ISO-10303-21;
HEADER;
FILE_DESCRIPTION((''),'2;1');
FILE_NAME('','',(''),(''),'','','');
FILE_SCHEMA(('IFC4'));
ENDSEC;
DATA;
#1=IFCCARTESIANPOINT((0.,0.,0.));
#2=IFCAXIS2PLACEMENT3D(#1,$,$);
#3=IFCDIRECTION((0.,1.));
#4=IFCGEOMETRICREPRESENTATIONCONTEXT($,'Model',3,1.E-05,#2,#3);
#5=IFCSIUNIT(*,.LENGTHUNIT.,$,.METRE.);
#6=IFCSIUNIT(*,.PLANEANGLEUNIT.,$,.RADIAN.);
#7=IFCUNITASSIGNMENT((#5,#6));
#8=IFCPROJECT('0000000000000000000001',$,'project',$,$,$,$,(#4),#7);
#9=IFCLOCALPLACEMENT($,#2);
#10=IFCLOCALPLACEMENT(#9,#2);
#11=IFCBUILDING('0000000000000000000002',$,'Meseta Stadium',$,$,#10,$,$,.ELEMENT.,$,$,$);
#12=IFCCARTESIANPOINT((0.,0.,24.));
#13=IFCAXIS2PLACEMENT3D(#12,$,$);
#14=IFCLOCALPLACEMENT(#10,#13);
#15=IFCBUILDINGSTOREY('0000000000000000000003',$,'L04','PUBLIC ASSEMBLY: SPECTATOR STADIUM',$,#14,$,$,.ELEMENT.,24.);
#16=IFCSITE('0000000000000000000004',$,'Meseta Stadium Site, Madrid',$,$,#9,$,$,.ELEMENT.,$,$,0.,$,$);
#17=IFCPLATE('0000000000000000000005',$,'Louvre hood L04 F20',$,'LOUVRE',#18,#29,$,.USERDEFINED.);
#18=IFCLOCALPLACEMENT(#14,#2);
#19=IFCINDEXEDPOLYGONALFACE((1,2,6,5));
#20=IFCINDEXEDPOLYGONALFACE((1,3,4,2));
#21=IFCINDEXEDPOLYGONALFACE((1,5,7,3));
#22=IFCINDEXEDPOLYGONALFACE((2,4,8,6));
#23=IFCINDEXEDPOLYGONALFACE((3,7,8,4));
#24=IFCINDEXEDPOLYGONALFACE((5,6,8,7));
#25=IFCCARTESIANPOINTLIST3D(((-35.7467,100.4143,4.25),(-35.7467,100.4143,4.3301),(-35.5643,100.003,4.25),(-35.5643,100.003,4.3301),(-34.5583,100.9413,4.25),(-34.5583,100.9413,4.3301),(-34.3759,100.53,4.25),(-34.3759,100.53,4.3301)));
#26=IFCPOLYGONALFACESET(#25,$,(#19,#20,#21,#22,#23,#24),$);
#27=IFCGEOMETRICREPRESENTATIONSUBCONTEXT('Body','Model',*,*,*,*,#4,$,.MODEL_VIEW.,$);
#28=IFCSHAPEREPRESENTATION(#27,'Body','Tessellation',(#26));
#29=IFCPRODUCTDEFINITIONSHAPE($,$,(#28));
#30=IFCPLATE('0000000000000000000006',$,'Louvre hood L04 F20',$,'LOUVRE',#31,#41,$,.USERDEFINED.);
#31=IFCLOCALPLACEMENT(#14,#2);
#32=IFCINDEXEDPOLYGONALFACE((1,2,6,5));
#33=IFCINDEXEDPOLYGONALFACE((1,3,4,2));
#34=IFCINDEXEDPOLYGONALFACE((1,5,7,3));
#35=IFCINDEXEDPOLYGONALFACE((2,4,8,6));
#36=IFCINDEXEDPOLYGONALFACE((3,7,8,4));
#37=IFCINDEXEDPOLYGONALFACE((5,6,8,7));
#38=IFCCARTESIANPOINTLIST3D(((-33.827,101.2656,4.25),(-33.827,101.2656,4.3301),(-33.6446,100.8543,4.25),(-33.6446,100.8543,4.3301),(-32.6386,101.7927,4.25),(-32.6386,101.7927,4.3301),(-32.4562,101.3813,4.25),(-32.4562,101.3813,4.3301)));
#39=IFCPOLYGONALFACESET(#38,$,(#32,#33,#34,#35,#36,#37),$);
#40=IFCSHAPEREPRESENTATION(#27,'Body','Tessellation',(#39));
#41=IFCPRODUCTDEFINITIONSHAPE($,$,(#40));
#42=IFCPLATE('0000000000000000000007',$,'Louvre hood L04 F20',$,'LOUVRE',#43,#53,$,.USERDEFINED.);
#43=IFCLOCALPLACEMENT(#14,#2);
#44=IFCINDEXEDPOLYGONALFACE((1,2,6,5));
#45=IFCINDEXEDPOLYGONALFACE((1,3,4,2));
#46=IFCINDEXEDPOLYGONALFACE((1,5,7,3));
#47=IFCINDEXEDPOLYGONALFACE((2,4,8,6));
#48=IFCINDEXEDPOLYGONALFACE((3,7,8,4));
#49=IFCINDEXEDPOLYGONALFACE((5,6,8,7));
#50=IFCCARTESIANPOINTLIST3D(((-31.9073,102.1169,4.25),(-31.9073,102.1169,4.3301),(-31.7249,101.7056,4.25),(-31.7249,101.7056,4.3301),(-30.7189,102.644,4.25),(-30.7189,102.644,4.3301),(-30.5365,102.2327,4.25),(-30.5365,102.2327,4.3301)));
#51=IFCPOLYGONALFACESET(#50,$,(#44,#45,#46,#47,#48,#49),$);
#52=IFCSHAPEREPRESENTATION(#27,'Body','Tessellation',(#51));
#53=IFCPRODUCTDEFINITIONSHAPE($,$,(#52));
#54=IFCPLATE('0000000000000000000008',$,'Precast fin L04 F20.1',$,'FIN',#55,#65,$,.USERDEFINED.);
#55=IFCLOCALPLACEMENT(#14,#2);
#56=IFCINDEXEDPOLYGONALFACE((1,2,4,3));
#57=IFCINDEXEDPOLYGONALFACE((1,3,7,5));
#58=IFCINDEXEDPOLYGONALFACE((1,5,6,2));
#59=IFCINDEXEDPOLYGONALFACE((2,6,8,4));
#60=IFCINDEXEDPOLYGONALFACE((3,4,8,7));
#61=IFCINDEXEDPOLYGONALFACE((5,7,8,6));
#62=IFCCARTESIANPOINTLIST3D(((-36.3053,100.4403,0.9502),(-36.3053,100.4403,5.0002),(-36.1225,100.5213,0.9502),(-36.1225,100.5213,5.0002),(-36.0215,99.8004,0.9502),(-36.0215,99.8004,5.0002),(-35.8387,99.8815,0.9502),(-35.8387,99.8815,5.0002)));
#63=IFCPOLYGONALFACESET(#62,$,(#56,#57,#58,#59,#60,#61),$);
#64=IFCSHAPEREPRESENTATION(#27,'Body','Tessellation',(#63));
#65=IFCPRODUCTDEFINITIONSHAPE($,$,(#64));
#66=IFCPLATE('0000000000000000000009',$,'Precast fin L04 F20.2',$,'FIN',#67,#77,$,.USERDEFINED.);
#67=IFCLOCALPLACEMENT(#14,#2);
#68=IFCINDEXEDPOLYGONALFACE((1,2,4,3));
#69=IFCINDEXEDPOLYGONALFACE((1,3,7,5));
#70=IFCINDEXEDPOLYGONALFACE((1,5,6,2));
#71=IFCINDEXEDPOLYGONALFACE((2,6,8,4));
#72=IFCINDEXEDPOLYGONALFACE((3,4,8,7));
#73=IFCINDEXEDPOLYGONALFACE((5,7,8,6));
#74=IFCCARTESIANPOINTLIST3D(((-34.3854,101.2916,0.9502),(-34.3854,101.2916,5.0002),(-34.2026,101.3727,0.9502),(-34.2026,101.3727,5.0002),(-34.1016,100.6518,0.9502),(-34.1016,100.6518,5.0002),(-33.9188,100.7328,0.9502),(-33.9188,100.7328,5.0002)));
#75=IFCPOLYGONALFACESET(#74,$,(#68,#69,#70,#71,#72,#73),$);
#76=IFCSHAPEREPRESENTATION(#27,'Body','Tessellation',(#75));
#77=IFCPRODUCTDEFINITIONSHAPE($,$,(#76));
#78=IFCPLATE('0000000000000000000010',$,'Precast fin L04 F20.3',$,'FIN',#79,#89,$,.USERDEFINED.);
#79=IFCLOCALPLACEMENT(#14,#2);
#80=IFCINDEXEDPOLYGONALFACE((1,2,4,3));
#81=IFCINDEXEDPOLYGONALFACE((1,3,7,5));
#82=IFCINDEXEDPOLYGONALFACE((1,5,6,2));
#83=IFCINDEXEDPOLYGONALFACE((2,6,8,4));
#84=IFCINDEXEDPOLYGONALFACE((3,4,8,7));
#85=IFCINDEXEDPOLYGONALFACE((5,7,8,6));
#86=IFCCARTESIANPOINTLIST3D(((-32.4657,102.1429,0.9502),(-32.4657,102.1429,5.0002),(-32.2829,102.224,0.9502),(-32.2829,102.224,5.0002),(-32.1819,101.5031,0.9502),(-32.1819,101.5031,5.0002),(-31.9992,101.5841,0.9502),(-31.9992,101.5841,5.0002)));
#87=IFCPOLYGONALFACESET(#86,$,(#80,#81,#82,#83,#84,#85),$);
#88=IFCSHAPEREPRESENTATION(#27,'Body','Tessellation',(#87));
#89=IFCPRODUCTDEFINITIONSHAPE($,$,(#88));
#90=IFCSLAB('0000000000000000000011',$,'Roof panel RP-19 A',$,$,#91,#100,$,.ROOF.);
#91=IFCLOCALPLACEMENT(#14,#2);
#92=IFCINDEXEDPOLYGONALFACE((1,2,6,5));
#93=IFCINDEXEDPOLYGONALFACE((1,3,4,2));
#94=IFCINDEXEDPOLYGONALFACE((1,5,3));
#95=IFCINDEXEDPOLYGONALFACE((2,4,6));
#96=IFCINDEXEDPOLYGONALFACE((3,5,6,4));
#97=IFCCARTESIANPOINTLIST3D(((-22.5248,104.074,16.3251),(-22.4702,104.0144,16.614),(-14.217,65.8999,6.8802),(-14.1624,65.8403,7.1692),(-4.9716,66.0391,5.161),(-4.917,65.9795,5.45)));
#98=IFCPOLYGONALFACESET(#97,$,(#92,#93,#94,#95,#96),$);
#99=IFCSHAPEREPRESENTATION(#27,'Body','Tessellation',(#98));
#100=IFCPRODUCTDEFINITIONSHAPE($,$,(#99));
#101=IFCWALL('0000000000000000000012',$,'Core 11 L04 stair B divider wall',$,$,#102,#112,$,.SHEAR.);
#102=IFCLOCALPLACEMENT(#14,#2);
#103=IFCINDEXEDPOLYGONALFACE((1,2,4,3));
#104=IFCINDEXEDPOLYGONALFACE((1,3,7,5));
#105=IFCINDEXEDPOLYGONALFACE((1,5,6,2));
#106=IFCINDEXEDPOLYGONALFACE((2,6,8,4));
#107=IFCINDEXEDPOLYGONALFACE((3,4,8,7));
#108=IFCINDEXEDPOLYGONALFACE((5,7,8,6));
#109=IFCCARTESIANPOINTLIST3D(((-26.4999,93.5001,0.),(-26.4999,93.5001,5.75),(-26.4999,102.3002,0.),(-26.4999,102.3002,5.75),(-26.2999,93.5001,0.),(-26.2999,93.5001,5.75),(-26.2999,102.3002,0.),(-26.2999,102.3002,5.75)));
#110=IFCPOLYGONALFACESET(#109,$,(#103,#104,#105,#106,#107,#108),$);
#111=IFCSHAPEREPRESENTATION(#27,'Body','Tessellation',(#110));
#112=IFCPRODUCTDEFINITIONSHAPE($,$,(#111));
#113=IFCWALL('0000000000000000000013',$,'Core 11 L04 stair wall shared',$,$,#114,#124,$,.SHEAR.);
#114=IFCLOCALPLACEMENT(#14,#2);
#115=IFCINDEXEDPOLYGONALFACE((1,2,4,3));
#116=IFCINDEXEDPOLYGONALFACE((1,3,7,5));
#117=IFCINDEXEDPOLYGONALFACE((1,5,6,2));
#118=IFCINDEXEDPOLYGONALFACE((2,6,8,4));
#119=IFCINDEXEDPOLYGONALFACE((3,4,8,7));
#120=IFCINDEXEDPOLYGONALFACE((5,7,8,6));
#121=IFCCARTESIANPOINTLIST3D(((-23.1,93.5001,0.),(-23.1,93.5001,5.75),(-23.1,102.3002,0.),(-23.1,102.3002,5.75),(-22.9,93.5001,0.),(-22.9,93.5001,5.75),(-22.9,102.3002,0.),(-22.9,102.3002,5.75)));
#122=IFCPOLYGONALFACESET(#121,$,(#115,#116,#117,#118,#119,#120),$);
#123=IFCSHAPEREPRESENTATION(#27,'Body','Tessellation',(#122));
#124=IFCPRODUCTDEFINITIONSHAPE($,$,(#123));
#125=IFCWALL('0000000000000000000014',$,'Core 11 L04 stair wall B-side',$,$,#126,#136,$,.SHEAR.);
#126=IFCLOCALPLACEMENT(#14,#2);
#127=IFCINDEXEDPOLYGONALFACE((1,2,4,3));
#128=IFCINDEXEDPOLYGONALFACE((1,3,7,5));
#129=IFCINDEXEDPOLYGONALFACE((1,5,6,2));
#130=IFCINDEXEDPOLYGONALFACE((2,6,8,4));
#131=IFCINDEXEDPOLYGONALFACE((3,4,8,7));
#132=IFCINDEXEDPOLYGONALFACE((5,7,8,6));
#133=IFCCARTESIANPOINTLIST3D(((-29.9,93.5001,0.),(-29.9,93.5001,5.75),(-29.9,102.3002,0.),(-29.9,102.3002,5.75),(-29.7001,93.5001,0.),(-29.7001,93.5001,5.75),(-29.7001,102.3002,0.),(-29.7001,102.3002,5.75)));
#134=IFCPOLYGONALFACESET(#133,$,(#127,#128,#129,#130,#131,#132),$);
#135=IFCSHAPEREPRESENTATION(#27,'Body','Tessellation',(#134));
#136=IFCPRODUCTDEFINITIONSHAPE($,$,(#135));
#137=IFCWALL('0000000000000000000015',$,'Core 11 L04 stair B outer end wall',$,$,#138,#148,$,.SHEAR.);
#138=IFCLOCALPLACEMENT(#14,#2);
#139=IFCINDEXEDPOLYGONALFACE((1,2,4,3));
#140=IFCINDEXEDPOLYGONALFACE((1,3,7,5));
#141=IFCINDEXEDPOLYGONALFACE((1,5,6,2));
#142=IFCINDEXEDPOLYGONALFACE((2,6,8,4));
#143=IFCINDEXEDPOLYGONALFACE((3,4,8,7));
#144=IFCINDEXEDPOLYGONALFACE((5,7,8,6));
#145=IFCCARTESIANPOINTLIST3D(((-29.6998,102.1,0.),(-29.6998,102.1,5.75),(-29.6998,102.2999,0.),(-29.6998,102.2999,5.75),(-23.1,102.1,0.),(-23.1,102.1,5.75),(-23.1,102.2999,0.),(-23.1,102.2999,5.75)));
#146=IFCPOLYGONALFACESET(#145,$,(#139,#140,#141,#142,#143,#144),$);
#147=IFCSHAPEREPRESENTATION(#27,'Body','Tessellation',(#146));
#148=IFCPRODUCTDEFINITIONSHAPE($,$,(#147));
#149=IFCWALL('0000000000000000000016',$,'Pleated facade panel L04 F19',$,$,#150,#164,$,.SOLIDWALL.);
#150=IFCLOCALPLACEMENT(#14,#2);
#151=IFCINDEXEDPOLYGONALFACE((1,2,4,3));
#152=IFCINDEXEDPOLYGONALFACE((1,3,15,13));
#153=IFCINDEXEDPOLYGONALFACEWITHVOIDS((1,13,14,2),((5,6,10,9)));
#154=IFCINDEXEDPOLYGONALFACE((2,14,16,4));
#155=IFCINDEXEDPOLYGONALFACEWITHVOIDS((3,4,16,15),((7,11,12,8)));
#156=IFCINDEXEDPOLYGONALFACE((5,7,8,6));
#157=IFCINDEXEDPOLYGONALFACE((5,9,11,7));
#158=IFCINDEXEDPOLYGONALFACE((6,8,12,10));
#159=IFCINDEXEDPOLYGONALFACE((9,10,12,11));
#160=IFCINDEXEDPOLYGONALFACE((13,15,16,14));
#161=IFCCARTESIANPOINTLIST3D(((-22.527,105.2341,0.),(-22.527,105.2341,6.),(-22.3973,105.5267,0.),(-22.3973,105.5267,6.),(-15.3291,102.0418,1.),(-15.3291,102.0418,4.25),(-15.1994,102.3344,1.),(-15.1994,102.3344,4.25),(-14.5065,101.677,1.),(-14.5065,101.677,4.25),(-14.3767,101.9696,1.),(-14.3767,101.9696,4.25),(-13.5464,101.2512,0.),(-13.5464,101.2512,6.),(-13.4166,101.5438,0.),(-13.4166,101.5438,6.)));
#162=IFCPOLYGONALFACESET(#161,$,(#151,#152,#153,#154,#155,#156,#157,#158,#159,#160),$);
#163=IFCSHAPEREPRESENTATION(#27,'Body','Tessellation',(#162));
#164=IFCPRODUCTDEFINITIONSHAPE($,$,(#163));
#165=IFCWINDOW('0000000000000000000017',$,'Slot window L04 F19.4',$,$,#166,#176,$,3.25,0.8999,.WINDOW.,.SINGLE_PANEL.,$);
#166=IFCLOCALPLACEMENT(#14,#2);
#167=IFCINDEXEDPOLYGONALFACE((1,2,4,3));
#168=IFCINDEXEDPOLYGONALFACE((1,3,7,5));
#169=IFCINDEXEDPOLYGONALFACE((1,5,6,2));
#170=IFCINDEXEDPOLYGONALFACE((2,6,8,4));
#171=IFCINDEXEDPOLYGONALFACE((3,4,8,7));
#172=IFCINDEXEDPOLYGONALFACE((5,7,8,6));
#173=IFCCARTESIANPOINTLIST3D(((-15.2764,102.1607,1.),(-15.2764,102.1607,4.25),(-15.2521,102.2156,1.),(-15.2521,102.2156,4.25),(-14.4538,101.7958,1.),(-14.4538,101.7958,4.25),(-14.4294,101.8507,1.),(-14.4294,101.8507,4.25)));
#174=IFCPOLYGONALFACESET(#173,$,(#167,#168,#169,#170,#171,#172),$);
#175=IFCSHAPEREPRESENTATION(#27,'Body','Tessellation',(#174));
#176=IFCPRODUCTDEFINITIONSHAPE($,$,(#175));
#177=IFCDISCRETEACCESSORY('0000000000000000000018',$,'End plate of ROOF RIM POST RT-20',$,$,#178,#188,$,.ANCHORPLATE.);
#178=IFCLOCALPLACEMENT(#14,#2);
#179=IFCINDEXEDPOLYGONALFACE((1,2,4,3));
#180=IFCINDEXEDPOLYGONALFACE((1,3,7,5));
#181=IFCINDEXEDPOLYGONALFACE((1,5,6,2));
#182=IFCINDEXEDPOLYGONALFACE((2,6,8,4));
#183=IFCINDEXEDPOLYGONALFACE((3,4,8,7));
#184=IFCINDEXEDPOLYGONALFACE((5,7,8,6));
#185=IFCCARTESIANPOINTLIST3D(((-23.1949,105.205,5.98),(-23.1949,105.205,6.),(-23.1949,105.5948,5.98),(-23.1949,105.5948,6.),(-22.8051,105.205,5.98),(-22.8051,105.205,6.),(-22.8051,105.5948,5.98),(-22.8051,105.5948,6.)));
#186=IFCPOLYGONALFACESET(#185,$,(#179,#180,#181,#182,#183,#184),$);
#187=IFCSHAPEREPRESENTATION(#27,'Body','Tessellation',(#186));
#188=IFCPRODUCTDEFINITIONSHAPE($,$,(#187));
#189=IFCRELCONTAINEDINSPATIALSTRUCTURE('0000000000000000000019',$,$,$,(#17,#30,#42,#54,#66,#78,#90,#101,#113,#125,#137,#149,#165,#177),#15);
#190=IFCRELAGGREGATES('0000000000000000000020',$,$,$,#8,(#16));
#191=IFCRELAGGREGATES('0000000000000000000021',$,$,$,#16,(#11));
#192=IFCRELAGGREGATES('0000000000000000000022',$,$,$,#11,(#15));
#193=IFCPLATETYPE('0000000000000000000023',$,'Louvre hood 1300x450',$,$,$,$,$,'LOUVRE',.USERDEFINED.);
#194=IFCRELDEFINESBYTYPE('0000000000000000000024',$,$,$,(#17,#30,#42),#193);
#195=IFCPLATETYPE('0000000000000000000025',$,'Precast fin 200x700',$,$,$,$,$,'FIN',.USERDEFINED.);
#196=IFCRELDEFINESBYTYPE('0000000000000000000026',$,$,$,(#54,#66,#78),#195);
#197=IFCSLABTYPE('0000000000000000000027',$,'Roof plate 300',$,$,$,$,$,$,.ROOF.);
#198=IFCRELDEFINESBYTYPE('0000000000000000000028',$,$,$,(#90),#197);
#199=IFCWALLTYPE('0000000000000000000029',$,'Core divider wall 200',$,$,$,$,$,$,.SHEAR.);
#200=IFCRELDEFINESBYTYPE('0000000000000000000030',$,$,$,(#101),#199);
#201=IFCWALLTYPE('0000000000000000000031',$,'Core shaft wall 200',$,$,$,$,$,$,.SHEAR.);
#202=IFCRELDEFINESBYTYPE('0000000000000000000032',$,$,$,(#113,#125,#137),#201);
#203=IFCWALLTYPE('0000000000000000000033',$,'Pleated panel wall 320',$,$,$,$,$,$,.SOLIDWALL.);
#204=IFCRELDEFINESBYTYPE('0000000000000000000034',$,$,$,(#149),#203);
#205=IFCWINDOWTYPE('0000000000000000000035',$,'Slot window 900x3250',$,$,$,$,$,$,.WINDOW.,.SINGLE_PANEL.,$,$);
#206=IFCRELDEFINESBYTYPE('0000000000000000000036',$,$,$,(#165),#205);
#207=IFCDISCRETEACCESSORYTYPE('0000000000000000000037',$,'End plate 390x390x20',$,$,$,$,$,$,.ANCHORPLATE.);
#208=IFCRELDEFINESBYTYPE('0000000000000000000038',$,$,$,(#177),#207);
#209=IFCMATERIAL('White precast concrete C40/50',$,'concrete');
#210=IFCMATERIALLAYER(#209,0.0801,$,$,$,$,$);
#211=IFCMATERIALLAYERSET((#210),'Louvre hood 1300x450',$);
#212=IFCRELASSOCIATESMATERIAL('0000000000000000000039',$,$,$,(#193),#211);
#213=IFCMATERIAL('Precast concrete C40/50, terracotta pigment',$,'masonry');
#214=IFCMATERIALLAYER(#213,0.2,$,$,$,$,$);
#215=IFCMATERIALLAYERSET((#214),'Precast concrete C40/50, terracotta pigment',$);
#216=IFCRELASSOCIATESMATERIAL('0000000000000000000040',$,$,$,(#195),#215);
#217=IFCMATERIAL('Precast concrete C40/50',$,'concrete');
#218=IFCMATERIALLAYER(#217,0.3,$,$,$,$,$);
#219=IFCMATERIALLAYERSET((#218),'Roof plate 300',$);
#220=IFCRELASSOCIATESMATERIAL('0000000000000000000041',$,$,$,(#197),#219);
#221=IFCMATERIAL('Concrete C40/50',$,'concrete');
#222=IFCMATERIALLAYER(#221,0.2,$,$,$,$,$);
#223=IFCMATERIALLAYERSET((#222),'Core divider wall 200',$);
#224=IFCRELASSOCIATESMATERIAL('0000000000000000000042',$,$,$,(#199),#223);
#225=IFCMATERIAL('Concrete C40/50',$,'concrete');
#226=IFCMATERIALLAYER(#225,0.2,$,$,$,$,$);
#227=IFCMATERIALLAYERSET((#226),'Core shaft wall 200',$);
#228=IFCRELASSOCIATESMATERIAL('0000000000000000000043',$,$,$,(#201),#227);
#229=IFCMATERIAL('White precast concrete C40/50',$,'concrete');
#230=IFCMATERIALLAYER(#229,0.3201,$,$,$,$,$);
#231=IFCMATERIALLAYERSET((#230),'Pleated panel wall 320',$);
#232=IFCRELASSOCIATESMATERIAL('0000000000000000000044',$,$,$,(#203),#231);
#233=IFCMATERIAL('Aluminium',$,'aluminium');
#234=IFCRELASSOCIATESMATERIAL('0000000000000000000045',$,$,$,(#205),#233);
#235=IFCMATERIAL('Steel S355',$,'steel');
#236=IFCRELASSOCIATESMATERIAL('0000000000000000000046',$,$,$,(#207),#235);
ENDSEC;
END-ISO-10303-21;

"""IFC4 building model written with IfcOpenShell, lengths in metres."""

from ifc_helpers import new_model, si_unit, direction, frame, frame_2d, origin, origin_2d, place, context, subcontext, project, spatial, polyline, rectangle, outline, extrude, material, layer, layer_set, material_profile, profile_set, type_object, element, fill, save


model = new_model("IFC4")

# Units and contexts
model_context = context("Model", 3, precision=1e-05, world=origin(), true_north=direction((0.0, 1.0)))
body_context = subcontext(model_context, "Body", "Model", "MODEL_VIEW")
ifc_project = project(units=[si_unit("LENGTHUNIT", "METRE"), si_unit("PLANEANGLEUNIT", "RADIAN")], contexts=[model_context])

# Site, building, storey
site_placement = place(None, origin())
site = spatial("IfcSite", under=ifc_project, at=site_placement, Name="Meseta Stadium Site, Madrid", CompositionType="ELEMENT", RefElevation=0.0)
building_placement = place(site_placement, origin())
building = spatial("IfcBuilding", under=site, at=building_placement, Name="Meseta Stadium", CompositionType="ELEMENT")
storey_placement = place(building_placement, frame((0.0, 0.0, 24.0)))
storey = spatial("IfcBuildingStorey", under=building, at=storey_placement, Name="L04", Description="PUBLIC ASSEMBLY: SPECTATOR STADIUM", CompositionType="ELEMENT", Elevation=24.0)

# Plates
ifc_material_1 = material(Name="White precast concrete C40/50", Category="concrete")
ifc_layer_1 = layer(ifc_material_1, 0.0801)
ifc_layer_set_1 = layer_set([ifc_layer_1], Name="Louvre hood 1300x450")
plate_type_1 = type_object("IfcPlateType", Name="Louvre hood 1300x450", ElementType="LOUVRE", PredefinedType="USERDEFINED", material=ifc_layer_set_1)
for number, where, z_axis, x_axis, name in (
    (1, (-35.0613, 100.4722, 4.25), (0.0, 0.0, 1.0), (-0.914139, -0.405401, 0.0), "Louvre hood L04 F20"),
    (2, (-33.1416, 101.3235, 4.25), (0.0, 0.0, 1.0), (-0.914139, -0.405401, 0.0), "Louvre hood L04 F20"),
    (3, (-31.2219, 102.1748, 4.25), (0.0, 0.0, 1.0), (-0.914139, -0.405401, 0.0), "Louvre hood L04 F20"),
):
    element("IfcPlate", number, at=place(storey_placement, frame(where, z_axis=z_axis, x_axis=x_axis)), inside=storey, type_object=plate_type_1, Name=name, ObjectType="LOUVRE", PredefinedType="USERDEFINED", context=body_context, shape_type="SweptSolid", body=[
        extrude(rectangle(XDim=1.3, YDim=0.45, at=origin_2d()), origin(), (0.0, 0.0, 1.0), 0.0801),
    ])
ifc_material_2 = material(Name="Precast concrete C40/50, terracotta pigment", Category="masonry")
ifc_layer_2 = layer(ifc_material_2, 0.2)
ifc_layer_set_2 = layer_set([ifc_layer_2], Name="Precast concrete C40/50, terracotta pigment")
plate_type_2 = type_object("IfcPlateType", Name="Precast fin 200x700", ElementType="FIN", PredefinedType="USERDEFINED", material=ifc_layer_set_2)
for number, where, z_axis, x_axis, name in (
    (4, (-36.072, 100.1609, 0.9502), (0.0, 0.0, 1.0), (0.914139, 0.4054, 0.0), "Precast fin L04 F20.1"),
    (5, (-34.1521, 101.0122, 0.9502), (0.0, 0.0, 1.0), (0.914139, 0.4054, 0.0), "Precast fin L04 F20.2"),
    (6, (-32.2324, 101.8635, 0.9502), (0.0, 0.0, 1.0), (0.914139, 0.4054, 0.0), "Precast fin L04 F20.3"),
):
    element("IfcPlate", number, at=place(storey_placement, frame(where, z_axis=z_axis, x_axis=x_axis)), inside=storey, type_object=plate_type_2, Name=name, ObjectType="FIN", PredefinedType="USERDEFINED", context=body_context, shape_type="SweptSolid", body=[
        extrude(rectangle(XDim=0.2, YDim=0.7, at=origin_2d()), origin(), (0.0, 0.0, 1.0), 4.05),
    ])

# Slab
ifc_material_3 = material(Name="Precast concrete C40/50", Category="concrete")
ifc_layer_3 = layer(ifc_material_3, 0.3)
ifc_layer_set_3 = layer_set([ifc_layer_3], Name="Roof plate 300")
slab_type = type_object("IfcSlabType", Name="Roof plate 300", PredefinedType="ROOF", material=ifc_layer_set_3)
slab_placement = place(storey_placement, frame((-22.4702, 104.0144, 16.614), z_axis=(0.182069, -0.19864, 0.963013), x_axis=(0.404899, -0.877348, -0.257521)))
element("IfcSlab", 7, at=slab_placement, inside=storey, type_object=slab_type, Name="Roof panel RP-19 A", PredefinedType="ROOF", context=body_context, shape_type="SweptSolid", body=[
    extrude(outline(polyline([(0.0, 0.0), (43.3521, 0.0), (39.288, -8.4815), (0.0, 0.0)])), origin(), (0.0, 0.0, -1.0), 0.3),
])

# Walls
ifc_material_4 = material(Name="Concrete C40/50", Category="concrete")
ifc_layer_4 = layer(ifc_material_4, 0.2)
ifc_layer_set_4 = layer_set([ifc_layer_4], Name="Core divider wall 200")
wall_type_1 = type_object("IfcWallType", Name="Core divider wall 200", PredefinedType="SHEAR", material=ifc_layer_set_4)
wall_1_placement = place(storey_placement, frame((-26.3999, 102.3, 0.0), z_axis=(0.0, 0.0, 1.0), x_axis=(0.0, -1.0, 0.0)))
element("IfcWall", 8, at=wall_1_placement, inside=storey, type_object=wall_type_1, Name="Core 11 L04 stair B divider wall", PredefinedType="SHEAR", context=body_context, shape_type="SweptSolid", body=[
    extrude(rectangle(XDim=8.8, YDim=0.2, at=frame_2d((4.3999, 0.0))), origin(), (0.0, 0.0, 1.0), 5.75),
])
ifc_material_5 = material(Name="Concrete C40/50", Category="concrete")
ifc_layer_5 = layer(ifc_material_5, 0.2)
ifc_layer_set_5 = layer_set([ifc_layer_5], Name="Core shaft wall 200")
wall_type_2 = type_object("IfcWallType", Name="Core shaft wall 200", PredefinedType="SHEAR", material=ifc_layer_set_5)
for number, where, z_axis, x_axis, name in (
    (9, (-23.0, 102.3, 0.0), (0.0, 0.0, 1.0), (0.0, -1.0, 0.0), "Core 11 L04 stair wall shared"),
    (10, (-29.8, 102.3, 0.0), (0.0, 0.0, 1.0), (0.0, -1.0, 0.0), "Core 11 L04 stair wall B-side"),
):
    element("IfcWall", number, at=place(storey_placement, frame(where, z_axis=z_axis, x_axis=x_axis)), inside=storey, type_object=wall_type_2, Name=name, PredefinedType="SHEAR", context=body_context, shape_type="SweptSolid", body=[
        extrude(rectangle(XDim=8.8, YDim=0.2, at=frame_2d((4.3999, 0.0))), origin(), (0.0, 0.0, 1.0), 5.75),
    ])
wall_2_placement = place(storey_placement, frame((-23.1001, 102.2, 0.0), z_axis=(0.0, 0.0, 1.0), x_axis=(-1.0, 0.0, 0.0)))
element("IfcWall", 11, at=wall_2_placement, inside=storey, type_object=wall_type_2, Name="Core 11 L04 stair B outer end wall", PredefinedType="SHEAR", context=body_context, shape_type="SweptSolid", body=[
    extrude(rectangle(XDim=6.5999, YDim=0.2, at=frame_2d((3.2998, 0.0))), origin(), (0.0, 0.0, 1.0), 5.75),
])

# Wall, opening, window
ifc_material_6 = material(Name="White precast concrete C40/50", Category="concrete")
ifc_layer_6 = layer(ifc_material_6, 0.3201)
ifc_layer_set_6 = layer_set([ifc_layer_6], Name="Pleated panel wall 320")
wall_type_3 = type_object("IfcWallType", Name="Pleated panel wall 320", PredefinedType="SOLIDWALL", material=ifc_layer_set_6)
wall_3_placement = place(storey_placement, frame((-22.4622, 105.3804, 0.0), z_axis=(0.0, 0.0, 1.0), x_axis=(0.914133, -0.405414, 0.0)))
wall_3 = element("IfcWall", 12, at=wall_3_placement, inside=storey, type_object=wall_type_3, Name="Pleated facade panel L04 F19", PredefinedType="SOLIDWALL", context=body_context, shape_type="SweptSolid", body=[
    extrude(rectangle(XDim=9.8242, YDim=0.3201, at=frame_2d((4.9121, 0.0))), origin(), (0.0, 0.0, 1.0), 6.0),
])
opening_placement = place(wall_3_placement, frame((7.874, 0.0, 1.0)))
opening = element("IfcOpeningElement", 13, at=opening_placement, cuts=wall_3, PredefinedType="OPENING", context=body_context, shape_type="SweptSolid", body=[
    extrude(rectangle(XDim=0.8999, YDim=3.25, at=frame_2d((0.45, 1.625))), frame((0.0, 0.1699, 0.0), z_axis=(0.0, -1.0, 0.0), x_axis=(1.0, 0.0, 0.0)), (0.0, 0.0, 1.0), 0.3401),
])
ifc_material_7 = material(Name="Aluminium", Category="aluminium")
window_type = type_object("IfcWindowType", Name="Slot window 900x3250", PartitioningType="SINGLE_PANEL", PredefinedType="WINDOW", material=ifc_material_7)
window_placement = place(opening_placement, origin())
window = element("IfcWindow", 14, at=window_placement, inside=storey, type_object=window_type, Name="Slot window L04 F19.4", OverallHeight=3.25, OverallWidth=0.8999, PartitioningType="SINGLE_PANEL", PredefinedType="WINDOW", context=body_context, shape_type="SweptSolid", body=[
    extrude(rectangle(XDim=0.8999, YDim=3.25, at=frame_2d((0.45, 1.625))), frame((0.0, 0.03, 0.0), z_axis=(0.0, -1.0, 0.0), x_axis=(1.0, 0.0, 0.0)), (0.0, 0.0, 1.0), 0.0601),
])
fill(opening, window)

# Discrete accessory
ifc_material_8 = material(Name="Steel S355", Category="steel")
ifc_material_profile_1 = material_profile(ifc_material_8, rectangle(XDim=0.3899, YDim=0.3899, at=origin_2d()), Name="PL 390x390")
ifc_profile_set_1 = profile_set([ifc_material_profile_1], Name="Steel S355")
discrete_accessory_type = type_object("IfcDiscreteAccessoryType", Name="End plate 390x390x20", PredefinedType="ANCHORPLATE", material=ifc_profile_set_1)
discrete_accessory_placement = place(storey_placement, frame((-23.0, 105.3999, 5.98), z_axis=(0.0, 0.0, 1.0), x_axis=(1.0, 0.0, 0.0)))
element("IfcDiscreteAccessory", 15, at=discrete_accessory_placement, inside=storey, type_object=discrete_accessory_type, Name="End plate of ROOF RIM POST RT-20", PredefinedType="ANCHORPLATE", context=body_context, shape_type="SweptSolid", body=[
    extrude(rectangle(XDim=0.3899, YDim=0.3899, at=origin_2d()), origin(), (0.0, 0.0, 1.0), 0.02),
])

save(model, "model.ifc")
